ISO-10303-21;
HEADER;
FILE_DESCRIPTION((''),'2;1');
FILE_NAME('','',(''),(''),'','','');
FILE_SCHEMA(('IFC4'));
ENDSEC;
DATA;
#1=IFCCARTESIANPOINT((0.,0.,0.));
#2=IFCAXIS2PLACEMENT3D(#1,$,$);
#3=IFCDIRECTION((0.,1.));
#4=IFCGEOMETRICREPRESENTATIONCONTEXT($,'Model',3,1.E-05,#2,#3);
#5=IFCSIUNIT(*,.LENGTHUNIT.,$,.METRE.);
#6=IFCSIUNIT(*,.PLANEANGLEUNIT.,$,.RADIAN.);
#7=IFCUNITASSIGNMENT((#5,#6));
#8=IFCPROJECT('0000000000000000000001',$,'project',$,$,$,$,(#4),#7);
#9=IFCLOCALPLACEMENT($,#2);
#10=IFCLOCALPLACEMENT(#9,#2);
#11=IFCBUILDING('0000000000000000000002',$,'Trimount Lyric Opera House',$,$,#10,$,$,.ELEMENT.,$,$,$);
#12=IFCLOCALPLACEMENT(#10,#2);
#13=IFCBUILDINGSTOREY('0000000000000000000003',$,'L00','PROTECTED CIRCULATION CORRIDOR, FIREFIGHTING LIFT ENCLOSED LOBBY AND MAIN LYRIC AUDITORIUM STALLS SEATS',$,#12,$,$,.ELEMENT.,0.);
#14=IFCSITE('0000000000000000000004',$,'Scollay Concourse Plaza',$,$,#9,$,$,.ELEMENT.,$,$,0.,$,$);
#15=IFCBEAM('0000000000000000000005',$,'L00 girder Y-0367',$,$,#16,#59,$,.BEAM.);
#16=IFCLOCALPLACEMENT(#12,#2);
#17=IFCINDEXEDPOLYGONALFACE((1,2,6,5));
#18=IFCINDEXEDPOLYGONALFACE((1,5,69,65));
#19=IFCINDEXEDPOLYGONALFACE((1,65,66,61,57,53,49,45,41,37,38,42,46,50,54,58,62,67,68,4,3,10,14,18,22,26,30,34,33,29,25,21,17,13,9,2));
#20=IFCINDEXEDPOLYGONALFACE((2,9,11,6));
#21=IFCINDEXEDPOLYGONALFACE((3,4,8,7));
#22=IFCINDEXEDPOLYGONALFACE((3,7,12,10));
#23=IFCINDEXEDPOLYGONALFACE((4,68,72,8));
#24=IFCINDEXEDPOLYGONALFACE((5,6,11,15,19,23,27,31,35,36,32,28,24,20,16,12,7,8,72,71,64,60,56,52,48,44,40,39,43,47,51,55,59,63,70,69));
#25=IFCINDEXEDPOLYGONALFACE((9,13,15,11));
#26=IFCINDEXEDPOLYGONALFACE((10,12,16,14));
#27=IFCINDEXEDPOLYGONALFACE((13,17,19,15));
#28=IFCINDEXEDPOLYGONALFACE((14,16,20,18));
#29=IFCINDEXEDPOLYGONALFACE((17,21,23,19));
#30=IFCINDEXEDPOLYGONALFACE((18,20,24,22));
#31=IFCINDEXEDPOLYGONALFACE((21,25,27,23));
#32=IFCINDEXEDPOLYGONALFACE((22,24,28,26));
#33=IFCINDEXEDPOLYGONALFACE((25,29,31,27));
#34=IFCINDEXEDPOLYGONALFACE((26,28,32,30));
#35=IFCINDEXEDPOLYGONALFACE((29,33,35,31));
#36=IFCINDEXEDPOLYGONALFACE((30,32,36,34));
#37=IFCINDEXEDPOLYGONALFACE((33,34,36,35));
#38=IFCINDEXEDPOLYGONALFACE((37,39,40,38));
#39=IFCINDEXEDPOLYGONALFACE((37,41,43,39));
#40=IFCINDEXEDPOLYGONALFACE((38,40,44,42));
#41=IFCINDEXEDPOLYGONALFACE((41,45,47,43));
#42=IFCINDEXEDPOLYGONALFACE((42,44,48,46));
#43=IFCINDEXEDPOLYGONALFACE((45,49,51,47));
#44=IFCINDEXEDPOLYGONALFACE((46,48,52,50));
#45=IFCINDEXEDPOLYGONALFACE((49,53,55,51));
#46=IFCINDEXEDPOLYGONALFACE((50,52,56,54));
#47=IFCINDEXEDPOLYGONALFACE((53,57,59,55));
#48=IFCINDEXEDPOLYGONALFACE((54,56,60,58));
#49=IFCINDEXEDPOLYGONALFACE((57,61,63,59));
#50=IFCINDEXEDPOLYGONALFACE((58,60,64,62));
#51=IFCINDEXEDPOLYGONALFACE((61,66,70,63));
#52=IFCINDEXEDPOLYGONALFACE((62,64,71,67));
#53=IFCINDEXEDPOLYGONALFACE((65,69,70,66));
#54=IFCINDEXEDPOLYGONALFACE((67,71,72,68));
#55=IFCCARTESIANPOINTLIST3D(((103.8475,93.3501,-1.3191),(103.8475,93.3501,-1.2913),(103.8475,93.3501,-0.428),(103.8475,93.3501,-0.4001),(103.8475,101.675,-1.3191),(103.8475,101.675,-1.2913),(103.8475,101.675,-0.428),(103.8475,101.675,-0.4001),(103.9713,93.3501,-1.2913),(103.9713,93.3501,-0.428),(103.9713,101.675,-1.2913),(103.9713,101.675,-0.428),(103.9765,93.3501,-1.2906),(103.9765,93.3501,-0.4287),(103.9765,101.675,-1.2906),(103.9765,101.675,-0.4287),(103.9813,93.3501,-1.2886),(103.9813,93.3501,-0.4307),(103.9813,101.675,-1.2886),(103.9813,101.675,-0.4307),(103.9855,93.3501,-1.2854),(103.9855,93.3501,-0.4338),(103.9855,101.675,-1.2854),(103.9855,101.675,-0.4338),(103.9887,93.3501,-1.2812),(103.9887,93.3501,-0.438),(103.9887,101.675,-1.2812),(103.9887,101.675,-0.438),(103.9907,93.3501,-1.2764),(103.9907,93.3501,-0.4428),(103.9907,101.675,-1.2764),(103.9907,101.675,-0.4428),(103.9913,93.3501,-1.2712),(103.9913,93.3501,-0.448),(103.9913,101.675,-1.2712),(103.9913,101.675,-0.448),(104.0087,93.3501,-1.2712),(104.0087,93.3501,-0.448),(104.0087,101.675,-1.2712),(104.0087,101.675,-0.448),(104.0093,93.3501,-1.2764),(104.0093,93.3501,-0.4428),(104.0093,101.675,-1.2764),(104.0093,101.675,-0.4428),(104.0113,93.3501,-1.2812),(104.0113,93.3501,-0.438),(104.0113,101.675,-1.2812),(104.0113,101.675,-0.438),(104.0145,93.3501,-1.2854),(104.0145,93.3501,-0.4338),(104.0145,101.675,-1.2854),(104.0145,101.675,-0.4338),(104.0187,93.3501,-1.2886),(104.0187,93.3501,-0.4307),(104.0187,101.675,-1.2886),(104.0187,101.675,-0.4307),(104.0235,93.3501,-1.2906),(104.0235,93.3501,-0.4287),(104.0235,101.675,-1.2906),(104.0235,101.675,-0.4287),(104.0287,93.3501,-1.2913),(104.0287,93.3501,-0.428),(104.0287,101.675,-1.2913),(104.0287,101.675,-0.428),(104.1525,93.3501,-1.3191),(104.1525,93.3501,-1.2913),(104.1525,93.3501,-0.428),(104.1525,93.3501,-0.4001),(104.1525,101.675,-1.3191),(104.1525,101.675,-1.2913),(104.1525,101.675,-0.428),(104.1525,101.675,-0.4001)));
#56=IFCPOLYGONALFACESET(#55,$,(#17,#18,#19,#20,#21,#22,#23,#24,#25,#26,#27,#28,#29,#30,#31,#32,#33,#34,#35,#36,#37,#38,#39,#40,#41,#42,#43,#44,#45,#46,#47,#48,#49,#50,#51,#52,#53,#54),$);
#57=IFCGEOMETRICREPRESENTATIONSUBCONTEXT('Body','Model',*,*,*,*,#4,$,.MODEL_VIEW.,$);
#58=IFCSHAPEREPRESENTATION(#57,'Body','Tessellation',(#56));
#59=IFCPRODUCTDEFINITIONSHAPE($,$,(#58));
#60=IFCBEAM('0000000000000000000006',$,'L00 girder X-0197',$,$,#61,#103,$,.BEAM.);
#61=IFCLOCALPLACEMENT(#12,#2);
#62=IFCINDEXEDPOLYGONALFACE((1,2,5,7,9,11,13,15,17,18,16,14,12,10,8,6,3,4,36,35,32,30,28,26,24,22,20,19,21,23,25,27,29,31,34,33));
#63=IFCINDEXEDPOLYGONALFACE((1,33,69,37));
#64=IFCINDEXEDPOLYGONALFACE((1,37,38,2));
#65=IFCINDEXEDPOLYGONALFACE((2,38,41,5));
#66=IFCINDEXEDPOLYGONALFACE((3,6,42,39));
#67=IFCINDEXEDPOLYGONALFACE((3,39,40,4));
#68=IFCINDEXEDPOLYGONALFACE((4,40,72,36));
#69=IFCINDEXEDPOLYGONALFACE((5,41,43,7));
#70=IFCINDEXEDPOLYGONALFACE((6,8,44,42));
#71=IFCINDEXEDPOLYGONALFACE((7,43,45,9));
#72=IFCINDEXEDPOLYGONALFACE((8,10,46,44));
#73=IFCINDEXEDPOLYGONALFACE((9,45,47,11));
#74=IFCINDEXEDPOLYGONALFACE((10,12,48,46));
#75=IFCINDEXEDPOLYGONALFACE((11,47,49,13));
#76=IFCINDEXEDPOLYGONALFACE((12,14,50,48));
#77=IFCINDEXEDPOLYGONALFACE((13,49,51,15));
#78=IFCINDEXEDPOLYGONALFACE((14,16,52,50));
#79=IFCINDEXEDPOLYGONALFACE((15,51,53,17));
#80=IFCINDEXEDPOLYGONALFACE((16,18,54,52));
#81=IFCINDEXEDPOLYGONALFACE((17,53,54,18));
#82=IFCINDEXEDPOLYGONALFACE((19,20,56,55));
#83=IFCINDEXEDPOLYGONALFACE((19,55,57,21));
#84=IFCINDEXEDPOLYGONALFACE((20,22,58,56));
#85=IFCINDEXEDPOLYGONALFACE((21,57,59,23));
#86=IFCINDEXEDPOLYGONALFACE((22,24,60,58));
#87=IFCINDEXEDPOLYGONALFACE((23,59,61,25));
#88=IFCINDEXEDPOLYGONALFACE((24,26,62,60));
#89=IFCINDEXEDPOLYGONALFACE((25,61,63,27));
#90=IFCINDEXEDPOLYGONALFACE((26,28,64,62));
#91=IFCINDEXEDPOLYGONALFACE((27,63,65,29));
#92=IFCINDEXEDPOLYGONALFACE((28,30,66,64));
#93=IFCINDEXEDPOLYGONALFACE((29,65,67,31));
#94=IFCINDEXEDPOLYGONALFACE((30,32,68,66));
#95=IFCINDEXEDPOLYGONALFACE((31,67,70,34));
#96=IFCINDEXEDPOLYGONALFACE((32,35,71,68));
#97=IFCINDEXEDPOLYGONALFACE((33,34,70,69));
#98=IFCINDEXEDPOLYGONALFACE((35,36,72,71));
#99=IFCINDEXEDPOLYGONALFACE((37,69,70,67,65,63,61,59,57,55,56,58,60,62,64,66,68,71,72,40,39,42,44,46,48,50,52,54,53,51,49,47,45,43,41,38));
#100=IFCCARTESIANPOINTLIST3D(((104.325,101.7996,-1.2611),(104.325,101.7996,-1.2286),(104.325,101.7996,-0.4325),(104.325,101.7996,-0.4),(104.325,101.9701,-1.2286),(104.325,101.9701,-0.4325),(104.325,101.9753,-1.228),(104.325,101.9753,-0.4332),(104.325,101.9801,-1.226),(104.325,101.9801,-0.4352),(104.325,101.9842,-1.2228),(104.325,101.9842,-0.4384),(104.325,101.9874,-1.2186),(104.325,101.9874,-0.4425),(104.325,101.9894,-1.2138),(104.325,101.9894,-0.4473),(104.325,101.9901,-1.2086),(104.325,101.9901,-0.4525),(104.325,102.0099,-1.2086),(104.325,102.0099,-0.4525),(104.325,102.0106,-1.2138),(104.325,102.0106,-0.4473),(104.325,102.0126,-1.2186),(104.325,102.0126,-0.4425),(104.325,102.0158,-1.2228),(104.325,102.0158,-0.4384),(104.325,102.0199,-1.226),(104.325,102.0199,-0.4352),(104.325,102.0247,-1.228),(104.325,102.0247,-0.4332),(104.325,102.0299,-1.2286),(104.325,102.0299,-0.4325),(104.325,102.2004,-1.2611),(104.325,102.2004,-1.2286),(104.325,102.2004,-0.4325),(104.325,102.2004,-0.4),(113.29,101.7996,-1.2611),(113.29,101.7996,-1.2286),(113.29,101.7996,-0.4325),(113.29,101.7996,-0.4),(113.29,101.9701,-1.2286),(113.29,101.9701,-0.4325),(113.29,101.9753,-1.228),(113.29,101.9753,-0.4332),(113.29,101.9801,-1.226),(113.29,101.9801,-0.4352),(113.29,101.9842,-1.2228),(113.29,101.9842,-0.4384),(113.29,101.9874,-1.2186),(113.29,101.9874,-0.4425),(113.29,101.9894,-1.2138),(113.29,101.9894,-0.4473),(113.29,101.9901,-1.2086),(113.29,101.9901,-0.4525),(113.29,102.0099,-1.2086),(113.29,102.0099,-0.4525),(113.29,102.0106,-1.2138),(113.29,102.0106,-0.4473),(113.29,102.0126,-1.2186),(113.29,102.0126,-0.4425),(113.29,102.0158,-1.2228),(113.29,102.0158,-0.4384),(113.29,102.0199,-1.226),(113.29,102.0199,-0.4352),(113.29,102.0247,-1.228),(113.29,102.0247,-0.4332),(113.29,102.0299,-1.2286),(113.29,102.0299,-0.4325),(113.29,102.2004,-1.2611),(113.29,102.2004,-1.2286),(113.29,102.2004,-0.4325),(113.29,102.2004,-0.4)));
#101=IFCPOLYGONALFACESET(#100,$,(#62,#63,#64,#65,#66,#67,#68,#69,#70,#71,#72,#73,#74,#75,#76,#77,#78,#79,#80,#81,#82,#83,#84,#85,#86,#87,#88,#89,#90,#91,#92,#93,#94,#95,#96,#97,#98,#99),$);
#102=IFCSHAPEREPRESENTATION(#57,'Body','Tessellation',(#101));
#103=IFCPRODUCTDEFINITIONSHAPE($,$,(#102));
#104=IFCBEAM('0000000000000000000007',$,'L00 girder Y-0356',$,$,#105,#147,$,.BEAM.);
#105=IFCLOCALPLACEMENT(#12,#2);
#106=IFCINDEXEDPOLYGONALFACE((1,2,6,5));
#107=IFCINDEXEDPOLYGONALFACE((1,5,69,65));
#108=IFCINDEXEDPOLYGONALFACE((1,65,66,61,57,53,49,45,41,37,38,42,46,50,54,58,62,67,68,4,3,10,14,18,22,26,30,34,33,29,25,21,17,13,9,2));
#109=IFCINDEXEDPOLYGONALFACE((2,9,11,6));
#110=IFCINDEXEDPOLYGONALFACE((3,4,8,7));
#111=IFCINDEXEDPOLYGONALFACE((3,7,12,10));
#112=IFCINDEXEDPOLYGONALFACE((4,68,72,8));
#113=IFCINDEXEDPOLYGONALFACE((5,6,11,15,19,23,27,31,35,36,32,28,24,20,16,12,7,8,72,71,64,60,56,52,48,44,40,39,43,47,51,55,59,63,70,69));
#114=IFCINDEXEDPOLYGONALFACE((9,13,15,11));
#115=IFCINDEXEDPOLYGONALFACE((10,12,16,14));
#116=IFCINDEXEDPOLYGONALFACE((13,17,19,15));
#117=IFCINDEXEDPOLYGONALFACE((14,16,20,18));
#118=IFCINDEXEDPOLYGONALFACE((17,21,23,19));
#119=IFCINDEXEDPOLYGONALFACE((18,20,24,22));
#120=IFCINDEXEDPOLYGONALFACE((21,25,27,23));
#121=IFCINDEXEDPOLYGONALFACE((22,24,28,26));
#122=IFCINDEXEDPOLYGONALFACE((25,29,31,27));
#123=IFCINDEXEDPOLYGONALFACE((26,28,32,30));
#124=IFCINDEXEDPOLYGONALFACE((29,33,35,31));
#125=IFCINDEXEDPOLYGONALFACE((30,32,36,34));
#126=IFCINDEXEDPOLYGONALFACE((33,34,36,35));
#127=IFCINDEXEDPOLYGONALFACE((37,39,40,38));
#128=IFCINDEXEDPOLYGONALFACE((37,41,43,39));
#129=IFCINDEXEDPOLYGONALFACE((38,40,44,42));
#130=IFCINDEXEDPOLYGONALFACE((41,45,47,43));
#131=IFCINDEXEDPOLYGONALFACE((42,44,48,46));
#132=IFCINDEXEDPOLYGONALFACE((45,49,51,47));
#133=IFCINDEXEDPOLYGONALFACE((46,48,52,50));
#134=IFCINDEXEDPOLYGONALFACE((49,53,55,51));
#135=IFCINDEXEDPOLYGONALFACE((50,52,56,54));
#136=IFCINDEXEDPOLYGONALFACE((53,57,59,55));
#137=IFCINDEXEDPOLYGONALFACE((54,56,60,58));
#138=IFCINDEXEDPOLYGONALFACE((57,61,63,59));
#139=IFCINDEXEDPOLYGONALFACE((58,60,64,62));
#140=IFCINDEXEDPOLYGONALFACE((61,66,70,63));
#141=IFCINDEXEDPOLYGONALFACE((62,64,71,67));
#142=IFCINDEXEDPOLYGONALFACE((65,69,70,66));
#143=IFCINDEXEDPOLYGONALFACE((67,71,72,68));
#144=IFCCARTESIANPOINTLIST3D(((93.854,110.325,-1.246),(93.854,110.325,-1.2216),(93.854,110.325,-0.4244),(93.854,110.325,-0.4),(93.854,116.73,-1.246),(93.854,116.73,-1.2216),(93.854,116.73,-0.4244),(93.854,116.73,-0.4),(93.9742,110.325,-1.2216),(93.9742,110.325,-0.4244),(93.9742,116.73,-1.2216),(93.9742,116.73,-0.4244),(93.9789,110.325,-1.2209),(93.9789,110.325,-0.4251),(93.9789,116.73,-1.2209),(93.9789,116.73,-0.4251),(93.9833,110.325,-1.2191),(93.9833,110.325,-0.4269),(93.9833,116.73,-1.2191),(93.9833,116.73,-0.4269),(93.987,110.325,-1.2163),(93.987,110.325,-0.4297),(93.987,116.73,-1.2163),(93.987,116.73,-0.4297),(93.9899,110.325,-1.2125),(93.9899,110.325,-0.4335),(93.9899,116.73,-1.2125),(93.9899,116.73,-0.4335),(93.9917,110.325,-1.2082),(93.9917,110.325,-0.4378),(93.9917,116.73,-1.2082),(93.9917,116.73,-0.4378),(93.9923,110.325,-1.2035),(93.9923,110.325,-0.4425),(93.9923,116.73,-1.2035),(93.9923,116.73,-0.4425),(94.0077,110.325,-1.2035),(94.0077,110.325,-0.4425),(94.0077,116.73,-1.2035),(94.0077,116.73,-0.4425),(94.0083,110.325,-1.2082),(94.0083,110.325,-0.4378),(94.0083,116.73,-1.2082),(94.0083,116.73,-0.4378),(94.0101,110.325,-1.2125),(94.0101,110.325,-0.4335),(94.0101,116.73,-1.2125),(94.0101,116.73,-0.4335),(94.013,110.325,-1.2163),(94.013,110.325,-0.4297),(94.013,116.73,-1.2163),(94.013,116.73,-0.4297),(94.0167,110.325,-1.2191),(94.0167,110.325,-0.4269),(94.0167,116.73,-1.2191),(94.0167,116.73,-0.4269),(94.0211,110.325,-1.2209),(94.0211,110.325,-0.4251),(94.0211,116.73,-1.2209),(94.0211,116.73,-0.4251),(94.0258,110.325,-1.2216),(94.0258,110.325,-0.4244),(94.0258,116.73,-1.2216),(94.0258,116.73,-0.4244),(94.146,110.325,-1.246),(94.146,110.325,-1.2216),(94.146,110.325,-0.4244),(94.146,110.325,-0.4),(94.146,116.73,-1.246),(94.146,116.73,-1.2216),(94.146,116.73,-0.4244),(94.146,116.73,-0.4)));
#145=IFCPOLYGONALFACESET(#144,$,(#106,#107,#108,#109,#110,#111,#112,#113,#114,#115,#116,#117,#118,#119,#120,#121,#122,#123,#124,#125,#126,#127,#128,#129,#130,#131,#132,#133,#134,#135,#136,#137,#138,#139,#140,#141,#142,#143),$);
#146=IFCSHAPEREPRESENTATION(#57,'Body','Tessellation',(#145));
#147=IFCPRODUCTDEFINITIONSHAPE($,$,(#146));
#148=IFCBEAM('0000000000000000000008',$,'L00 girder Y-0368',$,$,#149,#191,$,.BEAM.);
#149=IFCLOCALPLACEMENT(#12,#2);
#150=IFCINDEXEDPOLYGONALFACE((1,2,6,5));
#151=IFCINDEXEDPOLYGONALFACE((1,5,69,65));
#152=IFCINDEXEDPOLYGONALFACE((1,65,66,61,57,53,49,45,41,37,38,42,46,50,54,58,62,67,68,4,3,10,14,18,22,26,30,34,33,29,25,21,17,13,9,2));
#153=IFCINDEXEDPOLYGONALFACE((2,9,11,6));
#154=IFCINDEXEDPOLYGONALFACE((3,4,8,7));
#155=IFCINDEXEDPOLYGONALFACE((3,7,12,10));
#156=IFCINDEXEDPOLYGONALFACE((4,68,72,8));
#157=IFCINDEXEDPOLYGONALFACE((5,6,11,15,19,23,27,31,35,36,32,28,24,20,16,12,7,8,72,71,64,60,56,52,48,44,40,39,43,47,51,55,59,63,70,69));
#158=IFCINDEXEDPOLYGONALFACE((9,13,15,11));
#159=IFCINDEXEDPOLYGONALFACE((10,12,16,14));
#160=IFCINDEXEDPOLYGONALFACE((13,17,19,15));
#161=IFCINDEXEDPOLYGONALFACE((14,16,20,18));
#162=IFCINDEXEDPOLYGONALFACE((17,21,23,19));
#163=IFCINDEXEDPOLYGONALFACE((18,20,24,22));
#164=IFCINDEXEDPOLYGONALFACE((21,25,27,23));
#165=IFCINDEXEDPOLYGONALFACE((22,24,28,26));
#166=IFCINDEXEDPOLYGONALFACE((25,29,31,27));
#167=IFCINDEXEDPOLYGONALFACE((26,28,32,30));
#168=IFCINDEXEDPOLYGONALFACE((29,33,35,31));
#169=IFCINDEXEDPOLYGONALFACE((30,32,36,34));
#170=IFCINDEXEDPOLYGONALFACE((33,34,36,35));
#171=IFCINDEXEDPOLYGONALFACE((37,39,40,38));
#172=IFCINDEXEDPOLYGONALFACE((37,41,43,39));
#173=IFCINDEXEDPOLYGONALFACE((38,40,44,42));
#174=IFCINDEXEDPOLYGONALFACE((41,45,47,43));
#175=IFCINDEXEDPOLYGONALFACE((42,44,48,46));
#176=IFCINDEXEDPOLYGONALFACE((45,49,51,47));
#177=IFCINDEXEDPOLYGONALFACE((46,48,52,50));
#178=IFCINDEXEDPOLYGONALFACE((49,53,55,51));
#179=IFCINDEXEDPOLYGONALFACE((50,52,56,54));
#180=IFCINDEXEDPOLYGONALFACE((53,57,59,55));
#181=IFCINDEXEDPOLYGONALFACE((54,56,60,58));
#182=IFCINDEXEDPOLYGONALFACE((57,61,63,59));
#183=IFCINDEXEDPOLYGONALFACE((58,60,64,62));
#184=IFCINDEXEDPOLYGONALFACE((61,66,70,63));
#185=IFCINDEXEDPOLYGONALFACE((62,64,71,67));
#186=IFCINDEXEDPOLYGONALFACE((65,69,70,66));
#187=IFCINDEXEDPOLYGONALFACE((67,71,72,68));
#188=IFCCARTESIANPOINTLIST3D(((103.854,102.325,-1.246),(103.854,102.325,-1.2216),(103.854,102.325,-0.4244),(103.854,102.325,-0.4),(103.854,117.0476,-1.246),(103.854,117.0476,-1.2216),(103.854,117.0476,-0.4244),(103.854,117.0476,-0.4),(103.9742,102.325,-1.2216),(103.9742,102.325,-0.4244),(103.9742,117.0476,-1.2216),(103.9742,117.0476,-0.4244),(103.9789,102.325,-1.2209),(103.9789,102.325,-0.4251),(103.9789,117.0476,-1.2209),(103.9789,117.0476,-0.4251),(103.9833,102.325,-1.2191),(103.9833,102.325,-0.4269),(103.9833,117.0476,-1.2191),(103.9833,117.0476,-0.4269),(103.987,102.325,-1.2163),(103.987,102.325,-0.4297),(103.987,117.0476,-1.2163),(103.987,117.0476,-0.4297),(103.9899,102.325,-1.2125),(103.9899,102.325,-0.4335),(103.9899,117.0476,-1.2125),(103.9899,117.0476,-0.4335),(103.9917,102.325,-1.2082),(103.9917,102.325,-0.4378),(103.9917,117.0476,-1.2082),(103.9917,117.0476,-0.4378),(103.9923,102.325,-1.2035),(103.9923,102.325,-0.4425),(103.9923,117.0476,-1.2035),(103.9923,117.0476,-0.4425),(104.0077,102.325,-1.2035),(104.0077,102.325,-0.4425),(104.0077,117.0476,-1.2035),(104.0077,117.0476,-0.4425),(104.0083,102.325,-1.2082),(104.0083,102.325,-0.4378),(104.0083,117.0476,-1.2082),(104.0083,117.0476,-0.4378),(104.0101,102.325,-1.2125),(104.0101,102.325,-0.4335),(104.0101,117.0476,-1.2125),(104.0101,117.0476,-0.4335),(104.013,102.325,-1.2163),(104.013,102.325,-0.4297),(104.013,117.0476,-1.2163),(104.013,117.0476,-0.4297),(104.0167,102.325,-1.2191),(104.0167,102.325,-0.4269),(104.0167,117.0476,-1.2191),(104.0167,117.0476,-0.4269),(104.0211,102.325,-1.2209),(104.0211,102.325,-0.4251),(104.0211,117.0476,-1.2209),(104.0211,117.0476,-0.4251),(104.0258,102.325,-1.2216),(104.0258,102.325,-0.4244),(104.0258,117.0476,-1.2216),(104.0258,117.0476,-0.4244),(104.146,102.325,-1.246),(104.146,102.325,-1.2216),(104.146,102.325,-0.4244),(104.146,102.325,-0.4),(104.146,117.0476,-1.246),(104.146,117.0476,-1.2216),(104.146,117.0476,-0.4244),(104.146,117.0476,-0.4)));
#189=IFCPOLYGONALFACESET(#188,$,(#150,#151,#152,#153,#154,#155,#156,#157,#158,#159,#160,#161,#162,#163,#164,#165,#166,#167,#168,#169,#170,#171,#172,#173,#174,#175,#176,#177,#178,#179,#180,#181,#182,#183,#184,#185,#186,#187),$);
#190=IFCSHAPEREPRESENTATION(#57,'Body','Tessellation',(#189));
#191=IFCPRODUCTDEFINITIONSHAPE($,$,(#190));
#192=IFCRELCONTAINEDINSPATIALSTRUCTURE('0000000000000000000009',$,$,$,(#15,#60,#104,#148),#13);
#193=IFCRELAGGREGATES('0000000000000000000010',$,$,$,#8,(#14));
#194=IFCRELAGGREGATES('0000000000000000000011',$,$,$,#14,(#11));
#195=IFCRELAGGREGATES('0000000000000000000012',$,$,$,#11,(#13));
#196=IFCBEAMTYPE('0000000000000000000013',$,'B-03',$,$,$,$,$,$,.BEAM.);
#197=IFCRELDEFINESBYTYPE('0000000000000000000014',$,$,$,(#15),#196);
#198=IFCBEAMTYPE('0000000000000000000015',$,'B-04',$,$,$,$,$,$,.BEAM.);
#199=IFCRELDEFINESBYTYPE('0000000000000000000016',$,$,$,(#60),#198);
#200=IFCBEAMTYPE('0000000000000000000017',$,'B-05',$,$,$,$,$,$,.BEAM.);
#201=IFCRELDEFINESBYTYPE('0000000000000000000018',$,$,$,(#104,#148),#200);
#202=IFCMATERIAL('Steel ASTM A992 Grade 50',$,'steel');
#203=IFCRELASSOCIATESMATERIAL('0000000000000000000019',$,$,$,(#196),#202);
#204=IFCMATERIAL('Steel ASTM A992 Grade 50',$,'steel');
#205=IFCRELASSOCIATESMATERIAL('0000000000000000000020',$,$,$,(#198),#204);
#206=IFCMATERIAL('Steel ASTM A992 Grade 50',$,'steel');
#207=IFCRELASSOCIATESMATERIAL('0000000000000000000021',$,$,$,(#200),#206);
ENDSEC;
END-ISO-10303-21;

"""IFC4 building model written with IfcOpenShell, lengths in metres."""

from ifc_helpers import new_model, si_unit, direction, frame, origin, origin_2d, place, context, subcontext, project, spatial, i_section, extrude, material, material_profile, profile_set, type_object, element, save


model = new_model("IFC4")

# Units and contexts
model_context = context("Model", 3, precision=1e-05, world=origin(), true_north=direction((0.0, 1.0)))
body_context = subcontext(model_context, "Body", "Model", "MODEL_VIEW")
ifc_project = project(units=[si_unit("LENGTHUNIT", "METRE"), si_unit("PLANEANGLEUNIT", "RADIAN")], contexts=[model_context])

# Site, building, storey
site_placement = place(None, origin())
site = spatial("IfcSite", under=ifc_project, at=site_placement, Name="Scollay Concourse Plaza", CompositionType="ELEMENT", RefElevation=0.0)
building_placement = place(site_placement, origin())
building = spatial("IfcBuilding", under=site, at=building_placement, Name="Trimount Lyric Opera House", CompositionType="ELEMENT")
storey_placement = place(building_placement, origin())
storey = spatial("IfcBuildingStorey", under=building, at=storey_placement, Name="L00", Description="PROTECTED CIRCULATION CORRIDOR, FIREFIGHTING LIFT ENCLOSED LOBBY AND MAIN LYRIC AUDITORIUM STALLS SEATS", CompositionType="ELEMENT", Elevation=0.0)

# Beams
ifc_material_1 = material(Name="Steel ASTM A992 Grade 50", Category="steel")
ifc_material_profile_1 = material_profile(ifc_material_1, i_section(OverallWidth=0.3049, OverallDepth=0.9189, WebThickness=0.0173, FlangeThickness=0.0278, FilletRadius=0.02, at=origin_2d()), Name="W36X170")
ifc_profile_set_1 = profile_set([ifc_material_profile_1], Name="Steel ASTM A992 Grade 50")
beam_type_1 = type_object("IfcBeamType", Name="B-03", PredefinedType="BEAM", material=ifc_profile_set_1)
beam_1_placement = place(storey_placement, frame((104.0, 93.3501, -0.8596), z_axis=(0.0, 1.0, 0.0), x_axis=(-1.0, 0.0, 0.0)))
element("IfcBeam", 1, at=beam_1_placement, inside=storey, type_object=beam_type_1, Name="L00 girder Y-0367", PredefinedType="BEAM", context=body_context, shape_type="SweptSolid", body=[
    extrude(i_section(OverallWidth=0.3049, OverallDepth=0.9189, WebThickness=0.0173, FlangeThickness=0.0278, FilletRadius=0.02, at=origin_2d()), origin(), (0.0, 0.0, 1.0), 8.325),
])
ifc_material_2 = material(Name="Steel ASTM A992 Grade 50", Category="steel")
ifc_material_profile_2 = material_profile(ifc_material_2, i_section(OverallWidth=0.4009, OverallDepth=0.8611, WebThickness=0.0198, FlangeThickness=0.0325, FilletRadius=0.02, at=origin_2d()), Name="W33X221")
ifc_profile_set_2 = profile_set([ifc_material_profile_2], Name="Steel ASTM A992 Grade 50")
beam_type_2 = type_object("IfcBeamType", Name="B-04", PredefinedType="BEAM", material=ifc_profile_set_2)
beam_2_placement = place(storey_placement, frame((104.325, 102.0, -0.8306), z_axis=(1.0, 0.0, 0.0), x_axis=(0.0, 1.0, 0.0)))
element("IfcBeam", 2, at=beam_2_placement, inside=storey, type_object=beam_type_2, Name="L00 girder X-0197", PredefinedType="BEAM", context=body_context, shape_type="SweptSolid", body=[
    extrude(i_section(OverallWidth=0.4009, OverallDepth=0.8611, WebThickness=0.0198, FlangeThickness=0.0325, FilletRadius=0.02, at=origin_2d()), origin(), (0.0, 0.0, 1.0), 8.9651),
])
ifc_material_3 = material(Name="Steel ASTM A992 Grade 50", Category="steel")
ifc_material_profile_3 = material_profile(ifc_material_3, i_section(OverallWidth=0.292, OverallDepth=0.8459, WebThickness=0.0154, FlangeThickness=0.0244, FilletRadius=0.0181, at=origin_2d()), Name="W33X141")
ifc_profile_set_3 = profile_set([ifc_material_profile_3], Name="Steel ASTM A992 Grade 50")
beam_type_3 = type_object("IfcBeamType", Name="B-05", PredefinedType="BEAM", material=ifc_profile_set_3)
beam_3_placement = place(storey_placement, frame((94.0, 110.325, -0.823), z_axis=(0.0, 1.0, 0.0), x_axis=(-1.0, 0.0, 0.0)))
element("IfcBeam", 3, at=beam_3_placement, inside=storey, type_object=beam_type_3, Name="L00 girder Y-0356", PredefinedType="BEAM", context=body_context, shape_type="SweptSolid", body=[
    extrude(i_section(OverallWidth=0.292, OverallDepth=0.8459, WebThickness=0.0154, FlangeThickness=0.0244, FilletRadius=0.0181, at=origin_2d()), origin(), (0.0, 0.0, 1.0), 6.405),
])
beam_4_placement = place(storey_placement, frame((104.0, 102.325, -0.823), z_axis=(0.0, 1.0, 0.0), x_axis=(-1.0, 0.0, 0.0)))
element("IfcBeam", 4, at=beam_4_placement, inside=storey, type_object=beam_type_3, Name="L00 girder Y-0368", PredefinedType="BEAM", context=body_context, shape_type="SweptSolid", body=[
    extrude(i_section(OverallWidth=0.292, OverallDepth=0.8459, WebThickness=0.0154, FlangeThickness=0.0244, FilletRadius=0.0181, at=origin_2d()), origin(), (0.0, 0.0, 1.0), 14.7227),
])

save(model, "model.ifc")
